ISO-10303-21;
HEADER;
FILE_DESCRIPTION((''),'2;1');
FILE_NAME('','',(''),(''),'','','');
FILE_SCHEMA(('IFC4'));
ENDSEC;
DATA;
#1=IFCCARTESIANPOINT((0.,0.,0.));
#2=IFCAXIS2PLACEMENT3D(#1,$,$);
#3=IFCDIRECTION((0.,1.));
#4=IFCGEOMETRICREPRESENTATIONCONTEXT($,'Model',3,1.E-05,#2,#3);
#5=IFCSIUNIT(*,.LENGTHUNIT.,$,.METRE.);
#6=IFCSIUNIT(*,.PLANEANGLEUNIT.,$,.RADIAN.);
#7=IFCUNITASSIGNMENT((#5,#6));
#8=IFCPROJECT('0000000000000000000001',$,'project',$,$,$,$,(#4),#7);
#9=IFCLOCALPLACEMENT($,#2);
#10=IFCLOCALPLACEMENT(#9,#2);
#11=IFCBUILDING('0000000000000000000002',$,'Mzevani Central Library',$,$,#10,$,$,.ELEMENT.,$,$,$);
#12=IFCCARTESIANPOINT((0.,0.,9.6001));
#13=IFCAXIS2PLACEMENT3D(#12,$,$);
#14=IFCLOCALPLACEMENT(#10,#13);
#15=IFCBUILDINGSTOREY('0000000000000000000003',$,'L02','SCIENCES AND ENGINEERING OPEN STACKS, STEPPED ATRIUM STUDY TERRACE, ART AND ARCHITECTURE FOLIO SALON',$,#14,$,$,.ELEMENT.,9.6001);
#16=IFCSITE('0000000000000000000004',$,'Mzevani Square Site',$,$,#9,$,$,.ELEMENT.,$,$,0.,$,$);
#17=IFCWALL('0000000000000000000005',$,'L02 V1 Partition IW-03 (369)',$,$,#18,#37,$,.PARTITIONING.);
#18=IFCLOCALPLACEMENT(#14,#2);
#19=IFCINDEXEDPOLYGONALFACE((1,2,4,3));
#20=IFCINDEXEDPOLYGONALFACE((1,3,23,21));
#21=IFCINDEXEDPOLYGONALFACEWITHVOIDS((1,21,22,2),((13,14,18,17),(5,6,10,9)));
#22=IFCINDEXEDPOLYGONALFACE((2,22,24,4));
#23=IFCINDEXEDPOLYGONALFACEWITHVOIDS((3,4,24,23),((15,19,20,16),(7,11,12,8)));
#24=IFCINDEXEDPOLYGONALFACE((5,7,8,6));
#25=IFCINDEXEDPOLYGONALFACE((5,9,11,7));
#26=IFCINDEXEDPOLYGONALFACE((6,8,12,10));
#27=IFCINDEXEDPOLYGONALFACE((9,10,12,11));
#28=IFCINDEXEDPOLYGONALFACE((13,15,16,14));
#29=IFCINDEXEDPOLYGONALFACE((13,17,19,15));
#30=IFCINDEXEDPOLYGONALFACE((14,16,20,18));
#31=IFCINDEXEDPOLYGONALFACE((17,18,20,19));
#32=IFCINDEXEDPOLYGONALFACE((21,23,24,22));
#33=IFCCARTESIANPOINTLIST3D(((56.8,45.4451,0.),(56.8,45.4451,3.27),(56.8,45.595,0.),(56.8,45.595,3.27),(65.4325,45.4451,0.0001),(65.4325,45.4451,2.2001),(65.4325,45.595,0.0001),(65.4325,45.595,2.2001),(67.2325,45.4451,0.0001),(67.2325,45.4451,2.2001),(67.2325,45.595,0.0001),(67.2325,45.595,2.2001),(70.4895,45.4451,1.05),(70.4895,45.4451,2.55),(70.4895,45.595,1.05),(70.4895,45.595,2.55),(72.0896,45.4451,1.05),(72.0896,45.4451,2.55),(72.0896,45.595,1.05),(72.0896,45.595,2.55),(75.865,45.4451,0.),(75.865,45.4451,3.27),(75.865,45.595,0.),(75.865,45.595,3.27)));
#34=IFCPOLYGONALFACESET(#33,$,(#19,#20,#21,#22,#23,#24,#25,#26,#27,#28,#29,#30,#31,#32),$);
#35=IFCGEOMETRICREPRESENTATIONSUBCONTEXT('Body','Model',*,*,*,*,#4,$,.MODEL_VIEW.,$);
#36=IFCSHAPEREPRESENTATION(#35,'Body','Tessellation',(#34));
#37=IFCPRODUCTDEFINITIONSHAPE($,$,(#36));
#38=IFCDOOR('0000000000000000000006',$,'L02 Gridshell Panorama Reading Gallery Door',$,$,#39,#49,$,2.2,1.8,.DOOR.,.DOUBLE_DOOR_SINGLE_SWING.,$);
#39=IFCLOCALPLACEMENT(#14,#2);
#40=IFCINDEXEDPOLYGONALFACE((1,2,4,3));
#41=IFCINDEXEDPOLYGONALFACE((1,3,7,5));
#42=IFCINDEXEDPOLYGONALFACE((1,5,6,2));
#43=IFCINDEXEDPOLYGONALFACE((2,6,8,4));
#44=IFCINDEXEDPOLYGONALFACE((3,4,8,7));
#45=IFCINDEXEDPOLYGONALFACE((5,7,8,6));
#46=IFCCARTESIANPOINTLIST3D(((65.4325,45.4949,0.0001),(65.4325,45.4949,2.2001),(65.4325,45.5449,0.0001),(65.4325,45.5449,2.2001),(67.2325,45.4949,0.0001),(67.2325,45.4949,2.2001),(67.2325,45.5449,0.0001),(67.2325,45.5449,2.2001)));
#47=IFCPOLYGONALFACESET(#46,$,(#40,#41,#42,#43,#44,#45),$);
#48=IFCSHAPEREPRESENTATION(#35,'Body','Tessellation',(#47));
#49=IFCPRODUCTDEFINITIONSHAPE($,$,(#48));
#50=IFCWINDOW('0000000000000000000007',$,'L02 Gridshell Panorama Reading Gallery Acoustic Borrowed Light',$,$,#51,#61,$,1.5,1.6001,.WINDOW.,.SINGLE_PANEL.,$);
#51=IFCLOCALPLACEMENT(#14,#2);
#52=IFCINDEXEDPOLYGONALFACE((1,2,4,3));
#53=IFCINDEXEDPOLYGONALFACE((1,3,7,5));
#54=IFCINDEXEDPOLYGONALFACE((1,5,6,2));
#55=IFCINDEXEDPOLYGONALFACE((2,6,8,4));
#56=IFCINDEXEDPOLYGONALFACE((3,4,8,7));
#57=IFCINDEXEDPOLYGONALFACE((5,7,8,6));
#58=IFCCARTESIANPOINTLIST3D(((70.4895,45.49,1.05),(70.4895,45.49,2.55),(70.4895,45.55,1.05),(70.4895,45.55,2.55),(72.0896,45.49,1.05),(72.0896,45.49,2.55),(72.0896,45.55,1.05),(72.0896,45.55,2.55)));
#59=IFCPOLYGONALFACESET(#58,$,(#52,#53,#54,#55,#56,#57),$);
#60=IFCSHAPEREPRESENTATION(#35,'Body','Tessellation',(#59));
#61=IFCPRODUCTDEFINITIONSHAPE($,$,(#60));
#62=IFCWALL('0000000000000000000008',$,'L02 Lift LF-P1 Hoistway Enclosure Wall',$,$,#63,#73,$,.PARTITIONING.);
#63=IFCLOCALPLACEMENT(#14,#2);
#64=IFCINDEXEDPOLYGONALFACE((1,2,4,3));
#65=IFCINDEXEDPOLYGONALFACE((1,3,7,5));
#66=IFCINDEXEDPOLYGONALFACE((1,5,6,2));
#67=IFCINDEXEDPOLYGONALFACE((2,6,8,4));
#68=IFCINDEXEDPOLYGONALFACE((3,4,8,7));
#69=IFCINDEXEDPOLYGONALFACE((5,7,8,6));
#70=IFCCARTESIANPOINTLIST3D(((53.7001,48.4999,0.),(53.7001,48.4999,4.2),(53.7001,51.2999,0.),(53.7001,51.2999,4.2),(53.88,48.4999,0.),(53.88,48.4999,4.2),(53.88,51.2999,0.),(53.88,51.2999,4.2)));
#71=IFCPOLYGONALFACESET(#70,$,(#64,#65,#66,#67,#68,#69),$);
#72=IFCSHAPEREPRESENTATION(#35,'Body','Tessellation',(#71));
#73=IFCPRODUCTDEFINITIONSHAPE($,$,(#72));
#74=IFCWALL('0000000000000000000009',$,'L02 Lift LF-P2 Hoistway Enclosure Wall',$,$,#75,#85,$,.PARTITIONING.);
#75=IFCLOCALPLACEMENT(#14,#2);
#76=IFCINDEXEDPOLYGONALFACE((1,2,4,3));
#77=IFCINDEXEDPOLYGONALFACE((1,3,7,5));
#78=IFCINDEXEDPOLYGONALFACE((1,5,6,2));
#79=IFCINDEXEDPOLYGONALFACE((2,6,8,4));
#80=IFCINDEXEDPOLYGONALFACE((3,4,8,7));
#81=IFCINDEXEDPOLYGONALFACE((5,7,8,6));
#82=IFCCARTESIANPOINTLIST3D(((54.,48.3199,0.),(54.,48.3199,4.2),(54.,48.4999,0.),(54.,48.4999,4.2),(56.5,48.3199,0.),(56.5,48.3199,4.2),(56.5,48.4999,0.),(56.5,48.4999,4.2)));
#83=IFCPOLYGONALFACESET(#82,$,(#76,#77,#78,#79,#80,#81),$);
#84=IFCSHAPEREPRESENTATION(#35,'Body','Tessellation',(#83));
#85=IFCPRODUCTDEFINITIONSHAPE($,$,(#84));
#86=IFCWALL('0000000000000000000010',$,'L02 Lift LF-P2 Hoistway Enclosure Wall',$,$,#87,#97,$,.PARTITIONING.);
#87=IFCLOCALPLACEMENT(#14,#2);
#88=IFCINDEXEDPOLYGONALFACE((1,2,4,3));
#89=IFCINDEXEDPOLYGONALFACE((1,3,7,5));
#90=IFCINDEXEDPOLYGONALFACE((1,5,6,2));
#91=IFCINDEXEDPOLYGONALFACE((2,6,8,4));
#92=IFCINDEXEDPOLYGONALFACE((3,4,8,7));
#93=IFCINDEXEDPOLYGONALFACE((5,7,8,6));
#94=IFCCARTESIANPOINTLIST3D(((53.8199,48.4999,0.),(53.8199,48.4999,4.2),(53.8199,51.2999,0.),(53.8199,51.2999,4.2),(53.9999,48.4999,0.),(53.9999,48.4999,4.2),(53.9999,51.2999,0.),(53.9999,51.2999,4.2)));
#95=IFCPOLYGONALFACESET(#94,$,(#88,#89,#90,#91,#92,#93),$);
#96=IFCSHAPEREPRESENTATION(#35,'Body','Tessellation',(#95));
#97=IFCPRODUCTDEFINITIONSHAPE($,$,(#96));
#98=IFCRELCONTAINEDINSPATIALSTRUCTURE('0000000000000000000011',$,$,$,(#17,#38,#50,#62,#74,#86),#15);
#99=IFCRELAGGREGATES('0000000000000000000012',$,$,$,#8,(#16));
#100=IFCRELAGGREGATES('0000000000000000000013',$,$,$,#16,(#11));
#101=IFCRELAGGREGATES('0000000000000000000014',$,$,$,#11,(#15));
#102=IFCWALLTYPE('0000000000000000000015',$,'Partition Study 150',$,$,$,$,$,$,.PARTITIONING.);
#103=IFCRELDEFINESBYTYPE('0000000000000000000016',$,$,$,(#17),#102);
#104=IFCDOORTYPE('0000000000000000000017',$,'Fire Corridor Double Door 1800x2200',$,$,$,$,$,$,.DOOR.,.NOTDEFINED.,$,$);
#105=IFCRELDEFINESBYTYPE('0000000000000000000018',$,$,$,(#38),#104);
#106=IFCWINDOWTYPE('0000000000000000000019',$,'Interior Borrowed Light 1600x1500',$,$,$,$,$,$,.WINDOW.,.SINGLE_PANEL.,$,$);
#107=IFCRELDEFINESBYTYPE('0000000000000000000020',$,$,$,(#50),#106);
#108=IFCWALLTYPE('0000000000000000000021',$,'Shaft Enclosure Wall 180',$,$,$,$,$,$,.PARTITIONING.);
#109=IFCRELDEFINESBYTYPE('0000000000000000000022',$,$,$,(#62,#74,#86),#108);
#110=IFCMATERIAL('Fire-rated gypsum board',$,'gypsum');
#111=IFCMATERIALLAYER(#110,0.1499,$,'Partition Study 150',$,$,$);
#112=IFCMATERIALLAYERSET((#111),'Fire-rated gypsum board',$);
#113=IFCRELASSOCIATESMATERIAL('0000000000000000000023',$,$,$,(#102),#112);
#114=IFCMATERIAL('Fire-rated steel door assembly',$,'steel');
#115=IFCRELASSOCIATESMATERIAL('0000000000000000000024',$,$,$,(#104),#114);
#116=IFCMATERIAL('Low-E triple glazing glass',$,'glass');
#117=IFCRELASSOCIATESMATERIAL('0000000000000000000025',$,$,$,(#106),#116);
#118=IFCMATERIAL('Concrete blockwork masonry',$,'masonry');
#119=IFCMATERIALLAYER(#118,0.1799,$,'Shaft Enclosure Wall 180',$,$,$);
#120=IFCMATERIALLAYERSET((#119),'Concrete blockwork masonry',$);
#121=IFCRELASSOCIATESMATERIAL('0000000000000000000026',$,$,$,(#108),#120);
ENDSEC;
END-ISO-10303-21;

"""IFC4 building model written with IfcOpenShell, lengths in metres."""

from ifc_helpers import new_model, si_unit, direction, frame, frame_2d, origin, place, context, subcontext, project, spatial, rectangle, extrude, material, layer, layer_set, type_object, element, fill, save


model = new_model("IFC4")

# Units and contexts
model_context = context("Model", 3, precision=1e-05, world=origin(), true_north=direction((0.0, 1.0)))
body_context = subcontext(model_context, "Body", "Model", "MODEL_VIEW")
ifc_project = project(units=[si_unit("LENGTHUNIT", "METRE"), si_unit("PLANEANGLEUNIT", "RADIAN")], contexts=[model_context])

# Site, building, storey
site_placement = place(None, origin())
site = spatial("IfcSite", under=ifc_project, at=site_placement, Name="Mzevani Square Site", CompositionType="ELEMENT", RefElevation=0.0)
building_placement = place(site_placement, origin())
building = spatial("IfcBuilding", under=site, at=building_placement, Name="Mzevani Central Library", CompositionType="ELEMENT")
storey_placement = place(building_placement, frame((0.0, 0.0, 9.6001)))
storey = spatial("IfcBuildingStorey", under=building, at=storey_placement, Name="L02", Description="SCIENCES AND ENGINEERING OPEN STACKS, STEPPED ATRIUM STUDY TERRACE, ART AND ARCHITECTURE FOLIO SALON", CompositionType="ELEMENT", Elevation=9.6001)

# Shared definitions
ifc_material_1 = material(Name="Low-E triple glazing glass", Category="glass")

# Wall, openings, door, window
ifc_material_2 = material(Name="Fire-rated gypsum board", Category="gypsum")
ifc_layer_1 = layer(ifc_material_2, 0.1499, Name="Partition Study 150")
ifc_layer_set_1 = layer_set([ifc_layer_1], Name="Fire-rated gypsum board")
wall_type_1 = type_object("IfcWallType", Name="Partition Study 150", PredefinedType="PARTITIONING", material=ifc_layer_set_1)
wall_1_placement = place(storey_placement, frame((56.8, 45.52, 0.0), z_axis=(0.0, 0.0, 1.0), x_axis=(1.0, 0.0, 0.0)))
wall_1 = element("IfcWall", 1, at=wall_1_placement, inside=storey, type_object=wall_type_1, Name="L02 V1 Partition IW-03 (369)", PredefinedType="PARTITIONING", context=body_context, shape_type="SweptSolid", body=[
    extrude(rectangle(XDim=19.0649, YDim=0.1499, at=frame_2d((9.5325, 0.0))), origin(), (0.0, 0.0, 1.0), 3.27),
])
opening_1_placement = place(wall_1_placement, frame((8.6326, 0.0, 0.0)))
opening_1 = element("IfcOpeningElement", 2, at=opening_1_placement, cuts=wall_1, PredefinedType="OPENING", context=body_context, shape_type="SweptSolid", body=[
    extrude(rectangle(XDim=1.8, YDim=2.2, at=frame_2d((0.8999, 1.1001))), frame((0.0, 0.085, 0.0), z_axis=(0.0, -1.0, 0.0), x_axis=(1.0, 0.0, 0.0)), (0.0, 0.0, 1.0), 0.1699),
])
opening_2_placement = place(wall_1_placement, frame((13.6895, 0.0, 1.05)))
opening_2 = element("IfcOpeningElement", 3, at=opening_2_placement, cuts=wall_1, PredefinedType="OPENING", context=body_context, shape_type="SweptSolid", body=[
    extrude(rectangle(XDim=1.6001, YDim=1.5, at=frame_2d((0.8, 0.75))), frame((0.0, 0.085, 0.0), z_axis=(0.0, -1.0, 0.0), x_axis=(1.0, 0.0, 0.0)), (0.0, 0.0, 1.0), 0.1699),
])
ifc_material_3 = material(Name="Fire-rated steel door assembly", Category="steel")
door_type = type_object("IfcDoorType", Name="Fire Corridor Double Door 1800x2200", OperationType="NOTDEFINED", PredefinedType="DOOR", material=ifc_material_3)
door_placement = place(opening_1_placement, origin())
door = element("IfcDoor", 4, at=door_placement, inside=storey, type_object=door_type, Name="L02 Gridshell Panorama Reading Gallery Door", OperationType="DOUBLE_DOOR_SINGLE_SWING", OverallHeight=2.2, OverallWidth=1.8, PredefinedType="DOOR", context=body_context, shape_type="SweptSolid", body=[
    extrude(rectangle(XDim=1.8, YDim=2.2, at=frame_2d((0.8999, 1.1001))), frame((0.0, 0.0249, 0.0), z_axis=(0.0, -1.0, 0.0), x_axis=(1.0, 0.0, 0.0)), (0.0, 0.0, 1.0), 0.05),
])
fill(opening_1, door)
window_type = type_object("IfcWindowType", Name="Interior Borrowed Light 1600x1500", PartitioningType="SINGLE_PANEL", PredefinedType="WINDOW", material=ifc_material_1)
window_placement = place(opening_2_placement, origin())
window = element("IfcWindow", 5, at=window_placement, inside=storey, type_object=window_type, Name="L02 Gridshell Panorama Reading Gallery Acoustic Borrowed Light", OverallHeight=1.5, OverallWidth=1.6001, PartitioningType="SINGLE_PANEL", PredefinedType="WINDOW", context=body_context, shape_type="SweptSolid", body=[
    extrude(rectangle(XDim=1.6001, YDim=1.5, at=frame_2d((0.8, 0.75))), frame((0.0, 0.03, 0.0), z_axis=(0.0, -1.0, 0.0), x_axis=(1.0, 0.0, 0.0)), (0.0, 0.0, 1.0), 0.0601),
])
fill(opening_2, window)

# Walls
ifc_material_4 = material(Name="Concrete blockwork masonry", Category="masonry")
ifc_layer_2 = layer(ifc_material_4, 0.1799, Name="Shaft Enclosure Wall 180")
ifc_layer_set_2 = layer_set([ifc_layer_2], Name="Concrete blockwork masonry")
wall_type_2 = type_object("IfcWallType", Name="Shaft Enclosure Wall 180", PredefinedType="PARTITIONING", material=ifc_layer_set_2)
wall_2_placement = place(storey_placement, frame((53.79, 48.5, 0.0), z_axis=(0.0, 0.0, 1.0), x_axis=(0.0, 1.0, 0.0)))
element("IfcWall", 6, at=wall_2_placement, inside=storey, type_object=wall_type_2, Name="L02 Lift LF-P1 Hoistway Enclosure Wall", PredefinedType="PARTITIONING", context=body_context, shape_type="SweptSolid", body=[
    extrude(rectangle(XDim=2.8, YDim=0.1799, at=frame_2d((1.3999, 0.0))), origin(), (0.0, 0.0, 1.0), 4.2),
])
wall_3_placement = place(storey_placement, frame((54.0, 48.4099, 0.0), z_axis=(0.0, 0.0, 1.0), x_axis=(1.0, 0.0, 0.0)))
element("IfcWall", 7, at=wall_3_placement, inside=storey, type_object=wall_type_2, Name="L02 Lift LF-P2 Hoistway Enclosure Wall", PredefinedType="PARTITIONING", context=body_context, shape_type="SweptSolid", body=[
    extrude(rectangle(XDim=2.5, YDim=0.1799, at=frame_2d((1.25, 0.0))), origin(), (0.0, 0.0, 1.0), 4.2),
])
wall_4_placement = place(storey_placement, frame((53.9099, 48.5, 0.0), z_axis=(0.0, 0.0, 1.0), x_axis=(0.0, 1.0, 0.0)))
element("IfcWall", 8, at=wall_4_placement, inside=storey, type_object=wall_type_2, Name="L02 Lift LF-P2 Hoistway Enclosure Wall", PredefinedType="PARTITIONING", context=body_context, shape_type="SweptSolid", body=[
    extrude(rectangle(XDim=2.8, YDim=0.1799, at=frame_2d((1.3999, 0.0))), origin(), (0.0, 0.0, 1.0), 4.2),
])

save(model, "model.ifc")
